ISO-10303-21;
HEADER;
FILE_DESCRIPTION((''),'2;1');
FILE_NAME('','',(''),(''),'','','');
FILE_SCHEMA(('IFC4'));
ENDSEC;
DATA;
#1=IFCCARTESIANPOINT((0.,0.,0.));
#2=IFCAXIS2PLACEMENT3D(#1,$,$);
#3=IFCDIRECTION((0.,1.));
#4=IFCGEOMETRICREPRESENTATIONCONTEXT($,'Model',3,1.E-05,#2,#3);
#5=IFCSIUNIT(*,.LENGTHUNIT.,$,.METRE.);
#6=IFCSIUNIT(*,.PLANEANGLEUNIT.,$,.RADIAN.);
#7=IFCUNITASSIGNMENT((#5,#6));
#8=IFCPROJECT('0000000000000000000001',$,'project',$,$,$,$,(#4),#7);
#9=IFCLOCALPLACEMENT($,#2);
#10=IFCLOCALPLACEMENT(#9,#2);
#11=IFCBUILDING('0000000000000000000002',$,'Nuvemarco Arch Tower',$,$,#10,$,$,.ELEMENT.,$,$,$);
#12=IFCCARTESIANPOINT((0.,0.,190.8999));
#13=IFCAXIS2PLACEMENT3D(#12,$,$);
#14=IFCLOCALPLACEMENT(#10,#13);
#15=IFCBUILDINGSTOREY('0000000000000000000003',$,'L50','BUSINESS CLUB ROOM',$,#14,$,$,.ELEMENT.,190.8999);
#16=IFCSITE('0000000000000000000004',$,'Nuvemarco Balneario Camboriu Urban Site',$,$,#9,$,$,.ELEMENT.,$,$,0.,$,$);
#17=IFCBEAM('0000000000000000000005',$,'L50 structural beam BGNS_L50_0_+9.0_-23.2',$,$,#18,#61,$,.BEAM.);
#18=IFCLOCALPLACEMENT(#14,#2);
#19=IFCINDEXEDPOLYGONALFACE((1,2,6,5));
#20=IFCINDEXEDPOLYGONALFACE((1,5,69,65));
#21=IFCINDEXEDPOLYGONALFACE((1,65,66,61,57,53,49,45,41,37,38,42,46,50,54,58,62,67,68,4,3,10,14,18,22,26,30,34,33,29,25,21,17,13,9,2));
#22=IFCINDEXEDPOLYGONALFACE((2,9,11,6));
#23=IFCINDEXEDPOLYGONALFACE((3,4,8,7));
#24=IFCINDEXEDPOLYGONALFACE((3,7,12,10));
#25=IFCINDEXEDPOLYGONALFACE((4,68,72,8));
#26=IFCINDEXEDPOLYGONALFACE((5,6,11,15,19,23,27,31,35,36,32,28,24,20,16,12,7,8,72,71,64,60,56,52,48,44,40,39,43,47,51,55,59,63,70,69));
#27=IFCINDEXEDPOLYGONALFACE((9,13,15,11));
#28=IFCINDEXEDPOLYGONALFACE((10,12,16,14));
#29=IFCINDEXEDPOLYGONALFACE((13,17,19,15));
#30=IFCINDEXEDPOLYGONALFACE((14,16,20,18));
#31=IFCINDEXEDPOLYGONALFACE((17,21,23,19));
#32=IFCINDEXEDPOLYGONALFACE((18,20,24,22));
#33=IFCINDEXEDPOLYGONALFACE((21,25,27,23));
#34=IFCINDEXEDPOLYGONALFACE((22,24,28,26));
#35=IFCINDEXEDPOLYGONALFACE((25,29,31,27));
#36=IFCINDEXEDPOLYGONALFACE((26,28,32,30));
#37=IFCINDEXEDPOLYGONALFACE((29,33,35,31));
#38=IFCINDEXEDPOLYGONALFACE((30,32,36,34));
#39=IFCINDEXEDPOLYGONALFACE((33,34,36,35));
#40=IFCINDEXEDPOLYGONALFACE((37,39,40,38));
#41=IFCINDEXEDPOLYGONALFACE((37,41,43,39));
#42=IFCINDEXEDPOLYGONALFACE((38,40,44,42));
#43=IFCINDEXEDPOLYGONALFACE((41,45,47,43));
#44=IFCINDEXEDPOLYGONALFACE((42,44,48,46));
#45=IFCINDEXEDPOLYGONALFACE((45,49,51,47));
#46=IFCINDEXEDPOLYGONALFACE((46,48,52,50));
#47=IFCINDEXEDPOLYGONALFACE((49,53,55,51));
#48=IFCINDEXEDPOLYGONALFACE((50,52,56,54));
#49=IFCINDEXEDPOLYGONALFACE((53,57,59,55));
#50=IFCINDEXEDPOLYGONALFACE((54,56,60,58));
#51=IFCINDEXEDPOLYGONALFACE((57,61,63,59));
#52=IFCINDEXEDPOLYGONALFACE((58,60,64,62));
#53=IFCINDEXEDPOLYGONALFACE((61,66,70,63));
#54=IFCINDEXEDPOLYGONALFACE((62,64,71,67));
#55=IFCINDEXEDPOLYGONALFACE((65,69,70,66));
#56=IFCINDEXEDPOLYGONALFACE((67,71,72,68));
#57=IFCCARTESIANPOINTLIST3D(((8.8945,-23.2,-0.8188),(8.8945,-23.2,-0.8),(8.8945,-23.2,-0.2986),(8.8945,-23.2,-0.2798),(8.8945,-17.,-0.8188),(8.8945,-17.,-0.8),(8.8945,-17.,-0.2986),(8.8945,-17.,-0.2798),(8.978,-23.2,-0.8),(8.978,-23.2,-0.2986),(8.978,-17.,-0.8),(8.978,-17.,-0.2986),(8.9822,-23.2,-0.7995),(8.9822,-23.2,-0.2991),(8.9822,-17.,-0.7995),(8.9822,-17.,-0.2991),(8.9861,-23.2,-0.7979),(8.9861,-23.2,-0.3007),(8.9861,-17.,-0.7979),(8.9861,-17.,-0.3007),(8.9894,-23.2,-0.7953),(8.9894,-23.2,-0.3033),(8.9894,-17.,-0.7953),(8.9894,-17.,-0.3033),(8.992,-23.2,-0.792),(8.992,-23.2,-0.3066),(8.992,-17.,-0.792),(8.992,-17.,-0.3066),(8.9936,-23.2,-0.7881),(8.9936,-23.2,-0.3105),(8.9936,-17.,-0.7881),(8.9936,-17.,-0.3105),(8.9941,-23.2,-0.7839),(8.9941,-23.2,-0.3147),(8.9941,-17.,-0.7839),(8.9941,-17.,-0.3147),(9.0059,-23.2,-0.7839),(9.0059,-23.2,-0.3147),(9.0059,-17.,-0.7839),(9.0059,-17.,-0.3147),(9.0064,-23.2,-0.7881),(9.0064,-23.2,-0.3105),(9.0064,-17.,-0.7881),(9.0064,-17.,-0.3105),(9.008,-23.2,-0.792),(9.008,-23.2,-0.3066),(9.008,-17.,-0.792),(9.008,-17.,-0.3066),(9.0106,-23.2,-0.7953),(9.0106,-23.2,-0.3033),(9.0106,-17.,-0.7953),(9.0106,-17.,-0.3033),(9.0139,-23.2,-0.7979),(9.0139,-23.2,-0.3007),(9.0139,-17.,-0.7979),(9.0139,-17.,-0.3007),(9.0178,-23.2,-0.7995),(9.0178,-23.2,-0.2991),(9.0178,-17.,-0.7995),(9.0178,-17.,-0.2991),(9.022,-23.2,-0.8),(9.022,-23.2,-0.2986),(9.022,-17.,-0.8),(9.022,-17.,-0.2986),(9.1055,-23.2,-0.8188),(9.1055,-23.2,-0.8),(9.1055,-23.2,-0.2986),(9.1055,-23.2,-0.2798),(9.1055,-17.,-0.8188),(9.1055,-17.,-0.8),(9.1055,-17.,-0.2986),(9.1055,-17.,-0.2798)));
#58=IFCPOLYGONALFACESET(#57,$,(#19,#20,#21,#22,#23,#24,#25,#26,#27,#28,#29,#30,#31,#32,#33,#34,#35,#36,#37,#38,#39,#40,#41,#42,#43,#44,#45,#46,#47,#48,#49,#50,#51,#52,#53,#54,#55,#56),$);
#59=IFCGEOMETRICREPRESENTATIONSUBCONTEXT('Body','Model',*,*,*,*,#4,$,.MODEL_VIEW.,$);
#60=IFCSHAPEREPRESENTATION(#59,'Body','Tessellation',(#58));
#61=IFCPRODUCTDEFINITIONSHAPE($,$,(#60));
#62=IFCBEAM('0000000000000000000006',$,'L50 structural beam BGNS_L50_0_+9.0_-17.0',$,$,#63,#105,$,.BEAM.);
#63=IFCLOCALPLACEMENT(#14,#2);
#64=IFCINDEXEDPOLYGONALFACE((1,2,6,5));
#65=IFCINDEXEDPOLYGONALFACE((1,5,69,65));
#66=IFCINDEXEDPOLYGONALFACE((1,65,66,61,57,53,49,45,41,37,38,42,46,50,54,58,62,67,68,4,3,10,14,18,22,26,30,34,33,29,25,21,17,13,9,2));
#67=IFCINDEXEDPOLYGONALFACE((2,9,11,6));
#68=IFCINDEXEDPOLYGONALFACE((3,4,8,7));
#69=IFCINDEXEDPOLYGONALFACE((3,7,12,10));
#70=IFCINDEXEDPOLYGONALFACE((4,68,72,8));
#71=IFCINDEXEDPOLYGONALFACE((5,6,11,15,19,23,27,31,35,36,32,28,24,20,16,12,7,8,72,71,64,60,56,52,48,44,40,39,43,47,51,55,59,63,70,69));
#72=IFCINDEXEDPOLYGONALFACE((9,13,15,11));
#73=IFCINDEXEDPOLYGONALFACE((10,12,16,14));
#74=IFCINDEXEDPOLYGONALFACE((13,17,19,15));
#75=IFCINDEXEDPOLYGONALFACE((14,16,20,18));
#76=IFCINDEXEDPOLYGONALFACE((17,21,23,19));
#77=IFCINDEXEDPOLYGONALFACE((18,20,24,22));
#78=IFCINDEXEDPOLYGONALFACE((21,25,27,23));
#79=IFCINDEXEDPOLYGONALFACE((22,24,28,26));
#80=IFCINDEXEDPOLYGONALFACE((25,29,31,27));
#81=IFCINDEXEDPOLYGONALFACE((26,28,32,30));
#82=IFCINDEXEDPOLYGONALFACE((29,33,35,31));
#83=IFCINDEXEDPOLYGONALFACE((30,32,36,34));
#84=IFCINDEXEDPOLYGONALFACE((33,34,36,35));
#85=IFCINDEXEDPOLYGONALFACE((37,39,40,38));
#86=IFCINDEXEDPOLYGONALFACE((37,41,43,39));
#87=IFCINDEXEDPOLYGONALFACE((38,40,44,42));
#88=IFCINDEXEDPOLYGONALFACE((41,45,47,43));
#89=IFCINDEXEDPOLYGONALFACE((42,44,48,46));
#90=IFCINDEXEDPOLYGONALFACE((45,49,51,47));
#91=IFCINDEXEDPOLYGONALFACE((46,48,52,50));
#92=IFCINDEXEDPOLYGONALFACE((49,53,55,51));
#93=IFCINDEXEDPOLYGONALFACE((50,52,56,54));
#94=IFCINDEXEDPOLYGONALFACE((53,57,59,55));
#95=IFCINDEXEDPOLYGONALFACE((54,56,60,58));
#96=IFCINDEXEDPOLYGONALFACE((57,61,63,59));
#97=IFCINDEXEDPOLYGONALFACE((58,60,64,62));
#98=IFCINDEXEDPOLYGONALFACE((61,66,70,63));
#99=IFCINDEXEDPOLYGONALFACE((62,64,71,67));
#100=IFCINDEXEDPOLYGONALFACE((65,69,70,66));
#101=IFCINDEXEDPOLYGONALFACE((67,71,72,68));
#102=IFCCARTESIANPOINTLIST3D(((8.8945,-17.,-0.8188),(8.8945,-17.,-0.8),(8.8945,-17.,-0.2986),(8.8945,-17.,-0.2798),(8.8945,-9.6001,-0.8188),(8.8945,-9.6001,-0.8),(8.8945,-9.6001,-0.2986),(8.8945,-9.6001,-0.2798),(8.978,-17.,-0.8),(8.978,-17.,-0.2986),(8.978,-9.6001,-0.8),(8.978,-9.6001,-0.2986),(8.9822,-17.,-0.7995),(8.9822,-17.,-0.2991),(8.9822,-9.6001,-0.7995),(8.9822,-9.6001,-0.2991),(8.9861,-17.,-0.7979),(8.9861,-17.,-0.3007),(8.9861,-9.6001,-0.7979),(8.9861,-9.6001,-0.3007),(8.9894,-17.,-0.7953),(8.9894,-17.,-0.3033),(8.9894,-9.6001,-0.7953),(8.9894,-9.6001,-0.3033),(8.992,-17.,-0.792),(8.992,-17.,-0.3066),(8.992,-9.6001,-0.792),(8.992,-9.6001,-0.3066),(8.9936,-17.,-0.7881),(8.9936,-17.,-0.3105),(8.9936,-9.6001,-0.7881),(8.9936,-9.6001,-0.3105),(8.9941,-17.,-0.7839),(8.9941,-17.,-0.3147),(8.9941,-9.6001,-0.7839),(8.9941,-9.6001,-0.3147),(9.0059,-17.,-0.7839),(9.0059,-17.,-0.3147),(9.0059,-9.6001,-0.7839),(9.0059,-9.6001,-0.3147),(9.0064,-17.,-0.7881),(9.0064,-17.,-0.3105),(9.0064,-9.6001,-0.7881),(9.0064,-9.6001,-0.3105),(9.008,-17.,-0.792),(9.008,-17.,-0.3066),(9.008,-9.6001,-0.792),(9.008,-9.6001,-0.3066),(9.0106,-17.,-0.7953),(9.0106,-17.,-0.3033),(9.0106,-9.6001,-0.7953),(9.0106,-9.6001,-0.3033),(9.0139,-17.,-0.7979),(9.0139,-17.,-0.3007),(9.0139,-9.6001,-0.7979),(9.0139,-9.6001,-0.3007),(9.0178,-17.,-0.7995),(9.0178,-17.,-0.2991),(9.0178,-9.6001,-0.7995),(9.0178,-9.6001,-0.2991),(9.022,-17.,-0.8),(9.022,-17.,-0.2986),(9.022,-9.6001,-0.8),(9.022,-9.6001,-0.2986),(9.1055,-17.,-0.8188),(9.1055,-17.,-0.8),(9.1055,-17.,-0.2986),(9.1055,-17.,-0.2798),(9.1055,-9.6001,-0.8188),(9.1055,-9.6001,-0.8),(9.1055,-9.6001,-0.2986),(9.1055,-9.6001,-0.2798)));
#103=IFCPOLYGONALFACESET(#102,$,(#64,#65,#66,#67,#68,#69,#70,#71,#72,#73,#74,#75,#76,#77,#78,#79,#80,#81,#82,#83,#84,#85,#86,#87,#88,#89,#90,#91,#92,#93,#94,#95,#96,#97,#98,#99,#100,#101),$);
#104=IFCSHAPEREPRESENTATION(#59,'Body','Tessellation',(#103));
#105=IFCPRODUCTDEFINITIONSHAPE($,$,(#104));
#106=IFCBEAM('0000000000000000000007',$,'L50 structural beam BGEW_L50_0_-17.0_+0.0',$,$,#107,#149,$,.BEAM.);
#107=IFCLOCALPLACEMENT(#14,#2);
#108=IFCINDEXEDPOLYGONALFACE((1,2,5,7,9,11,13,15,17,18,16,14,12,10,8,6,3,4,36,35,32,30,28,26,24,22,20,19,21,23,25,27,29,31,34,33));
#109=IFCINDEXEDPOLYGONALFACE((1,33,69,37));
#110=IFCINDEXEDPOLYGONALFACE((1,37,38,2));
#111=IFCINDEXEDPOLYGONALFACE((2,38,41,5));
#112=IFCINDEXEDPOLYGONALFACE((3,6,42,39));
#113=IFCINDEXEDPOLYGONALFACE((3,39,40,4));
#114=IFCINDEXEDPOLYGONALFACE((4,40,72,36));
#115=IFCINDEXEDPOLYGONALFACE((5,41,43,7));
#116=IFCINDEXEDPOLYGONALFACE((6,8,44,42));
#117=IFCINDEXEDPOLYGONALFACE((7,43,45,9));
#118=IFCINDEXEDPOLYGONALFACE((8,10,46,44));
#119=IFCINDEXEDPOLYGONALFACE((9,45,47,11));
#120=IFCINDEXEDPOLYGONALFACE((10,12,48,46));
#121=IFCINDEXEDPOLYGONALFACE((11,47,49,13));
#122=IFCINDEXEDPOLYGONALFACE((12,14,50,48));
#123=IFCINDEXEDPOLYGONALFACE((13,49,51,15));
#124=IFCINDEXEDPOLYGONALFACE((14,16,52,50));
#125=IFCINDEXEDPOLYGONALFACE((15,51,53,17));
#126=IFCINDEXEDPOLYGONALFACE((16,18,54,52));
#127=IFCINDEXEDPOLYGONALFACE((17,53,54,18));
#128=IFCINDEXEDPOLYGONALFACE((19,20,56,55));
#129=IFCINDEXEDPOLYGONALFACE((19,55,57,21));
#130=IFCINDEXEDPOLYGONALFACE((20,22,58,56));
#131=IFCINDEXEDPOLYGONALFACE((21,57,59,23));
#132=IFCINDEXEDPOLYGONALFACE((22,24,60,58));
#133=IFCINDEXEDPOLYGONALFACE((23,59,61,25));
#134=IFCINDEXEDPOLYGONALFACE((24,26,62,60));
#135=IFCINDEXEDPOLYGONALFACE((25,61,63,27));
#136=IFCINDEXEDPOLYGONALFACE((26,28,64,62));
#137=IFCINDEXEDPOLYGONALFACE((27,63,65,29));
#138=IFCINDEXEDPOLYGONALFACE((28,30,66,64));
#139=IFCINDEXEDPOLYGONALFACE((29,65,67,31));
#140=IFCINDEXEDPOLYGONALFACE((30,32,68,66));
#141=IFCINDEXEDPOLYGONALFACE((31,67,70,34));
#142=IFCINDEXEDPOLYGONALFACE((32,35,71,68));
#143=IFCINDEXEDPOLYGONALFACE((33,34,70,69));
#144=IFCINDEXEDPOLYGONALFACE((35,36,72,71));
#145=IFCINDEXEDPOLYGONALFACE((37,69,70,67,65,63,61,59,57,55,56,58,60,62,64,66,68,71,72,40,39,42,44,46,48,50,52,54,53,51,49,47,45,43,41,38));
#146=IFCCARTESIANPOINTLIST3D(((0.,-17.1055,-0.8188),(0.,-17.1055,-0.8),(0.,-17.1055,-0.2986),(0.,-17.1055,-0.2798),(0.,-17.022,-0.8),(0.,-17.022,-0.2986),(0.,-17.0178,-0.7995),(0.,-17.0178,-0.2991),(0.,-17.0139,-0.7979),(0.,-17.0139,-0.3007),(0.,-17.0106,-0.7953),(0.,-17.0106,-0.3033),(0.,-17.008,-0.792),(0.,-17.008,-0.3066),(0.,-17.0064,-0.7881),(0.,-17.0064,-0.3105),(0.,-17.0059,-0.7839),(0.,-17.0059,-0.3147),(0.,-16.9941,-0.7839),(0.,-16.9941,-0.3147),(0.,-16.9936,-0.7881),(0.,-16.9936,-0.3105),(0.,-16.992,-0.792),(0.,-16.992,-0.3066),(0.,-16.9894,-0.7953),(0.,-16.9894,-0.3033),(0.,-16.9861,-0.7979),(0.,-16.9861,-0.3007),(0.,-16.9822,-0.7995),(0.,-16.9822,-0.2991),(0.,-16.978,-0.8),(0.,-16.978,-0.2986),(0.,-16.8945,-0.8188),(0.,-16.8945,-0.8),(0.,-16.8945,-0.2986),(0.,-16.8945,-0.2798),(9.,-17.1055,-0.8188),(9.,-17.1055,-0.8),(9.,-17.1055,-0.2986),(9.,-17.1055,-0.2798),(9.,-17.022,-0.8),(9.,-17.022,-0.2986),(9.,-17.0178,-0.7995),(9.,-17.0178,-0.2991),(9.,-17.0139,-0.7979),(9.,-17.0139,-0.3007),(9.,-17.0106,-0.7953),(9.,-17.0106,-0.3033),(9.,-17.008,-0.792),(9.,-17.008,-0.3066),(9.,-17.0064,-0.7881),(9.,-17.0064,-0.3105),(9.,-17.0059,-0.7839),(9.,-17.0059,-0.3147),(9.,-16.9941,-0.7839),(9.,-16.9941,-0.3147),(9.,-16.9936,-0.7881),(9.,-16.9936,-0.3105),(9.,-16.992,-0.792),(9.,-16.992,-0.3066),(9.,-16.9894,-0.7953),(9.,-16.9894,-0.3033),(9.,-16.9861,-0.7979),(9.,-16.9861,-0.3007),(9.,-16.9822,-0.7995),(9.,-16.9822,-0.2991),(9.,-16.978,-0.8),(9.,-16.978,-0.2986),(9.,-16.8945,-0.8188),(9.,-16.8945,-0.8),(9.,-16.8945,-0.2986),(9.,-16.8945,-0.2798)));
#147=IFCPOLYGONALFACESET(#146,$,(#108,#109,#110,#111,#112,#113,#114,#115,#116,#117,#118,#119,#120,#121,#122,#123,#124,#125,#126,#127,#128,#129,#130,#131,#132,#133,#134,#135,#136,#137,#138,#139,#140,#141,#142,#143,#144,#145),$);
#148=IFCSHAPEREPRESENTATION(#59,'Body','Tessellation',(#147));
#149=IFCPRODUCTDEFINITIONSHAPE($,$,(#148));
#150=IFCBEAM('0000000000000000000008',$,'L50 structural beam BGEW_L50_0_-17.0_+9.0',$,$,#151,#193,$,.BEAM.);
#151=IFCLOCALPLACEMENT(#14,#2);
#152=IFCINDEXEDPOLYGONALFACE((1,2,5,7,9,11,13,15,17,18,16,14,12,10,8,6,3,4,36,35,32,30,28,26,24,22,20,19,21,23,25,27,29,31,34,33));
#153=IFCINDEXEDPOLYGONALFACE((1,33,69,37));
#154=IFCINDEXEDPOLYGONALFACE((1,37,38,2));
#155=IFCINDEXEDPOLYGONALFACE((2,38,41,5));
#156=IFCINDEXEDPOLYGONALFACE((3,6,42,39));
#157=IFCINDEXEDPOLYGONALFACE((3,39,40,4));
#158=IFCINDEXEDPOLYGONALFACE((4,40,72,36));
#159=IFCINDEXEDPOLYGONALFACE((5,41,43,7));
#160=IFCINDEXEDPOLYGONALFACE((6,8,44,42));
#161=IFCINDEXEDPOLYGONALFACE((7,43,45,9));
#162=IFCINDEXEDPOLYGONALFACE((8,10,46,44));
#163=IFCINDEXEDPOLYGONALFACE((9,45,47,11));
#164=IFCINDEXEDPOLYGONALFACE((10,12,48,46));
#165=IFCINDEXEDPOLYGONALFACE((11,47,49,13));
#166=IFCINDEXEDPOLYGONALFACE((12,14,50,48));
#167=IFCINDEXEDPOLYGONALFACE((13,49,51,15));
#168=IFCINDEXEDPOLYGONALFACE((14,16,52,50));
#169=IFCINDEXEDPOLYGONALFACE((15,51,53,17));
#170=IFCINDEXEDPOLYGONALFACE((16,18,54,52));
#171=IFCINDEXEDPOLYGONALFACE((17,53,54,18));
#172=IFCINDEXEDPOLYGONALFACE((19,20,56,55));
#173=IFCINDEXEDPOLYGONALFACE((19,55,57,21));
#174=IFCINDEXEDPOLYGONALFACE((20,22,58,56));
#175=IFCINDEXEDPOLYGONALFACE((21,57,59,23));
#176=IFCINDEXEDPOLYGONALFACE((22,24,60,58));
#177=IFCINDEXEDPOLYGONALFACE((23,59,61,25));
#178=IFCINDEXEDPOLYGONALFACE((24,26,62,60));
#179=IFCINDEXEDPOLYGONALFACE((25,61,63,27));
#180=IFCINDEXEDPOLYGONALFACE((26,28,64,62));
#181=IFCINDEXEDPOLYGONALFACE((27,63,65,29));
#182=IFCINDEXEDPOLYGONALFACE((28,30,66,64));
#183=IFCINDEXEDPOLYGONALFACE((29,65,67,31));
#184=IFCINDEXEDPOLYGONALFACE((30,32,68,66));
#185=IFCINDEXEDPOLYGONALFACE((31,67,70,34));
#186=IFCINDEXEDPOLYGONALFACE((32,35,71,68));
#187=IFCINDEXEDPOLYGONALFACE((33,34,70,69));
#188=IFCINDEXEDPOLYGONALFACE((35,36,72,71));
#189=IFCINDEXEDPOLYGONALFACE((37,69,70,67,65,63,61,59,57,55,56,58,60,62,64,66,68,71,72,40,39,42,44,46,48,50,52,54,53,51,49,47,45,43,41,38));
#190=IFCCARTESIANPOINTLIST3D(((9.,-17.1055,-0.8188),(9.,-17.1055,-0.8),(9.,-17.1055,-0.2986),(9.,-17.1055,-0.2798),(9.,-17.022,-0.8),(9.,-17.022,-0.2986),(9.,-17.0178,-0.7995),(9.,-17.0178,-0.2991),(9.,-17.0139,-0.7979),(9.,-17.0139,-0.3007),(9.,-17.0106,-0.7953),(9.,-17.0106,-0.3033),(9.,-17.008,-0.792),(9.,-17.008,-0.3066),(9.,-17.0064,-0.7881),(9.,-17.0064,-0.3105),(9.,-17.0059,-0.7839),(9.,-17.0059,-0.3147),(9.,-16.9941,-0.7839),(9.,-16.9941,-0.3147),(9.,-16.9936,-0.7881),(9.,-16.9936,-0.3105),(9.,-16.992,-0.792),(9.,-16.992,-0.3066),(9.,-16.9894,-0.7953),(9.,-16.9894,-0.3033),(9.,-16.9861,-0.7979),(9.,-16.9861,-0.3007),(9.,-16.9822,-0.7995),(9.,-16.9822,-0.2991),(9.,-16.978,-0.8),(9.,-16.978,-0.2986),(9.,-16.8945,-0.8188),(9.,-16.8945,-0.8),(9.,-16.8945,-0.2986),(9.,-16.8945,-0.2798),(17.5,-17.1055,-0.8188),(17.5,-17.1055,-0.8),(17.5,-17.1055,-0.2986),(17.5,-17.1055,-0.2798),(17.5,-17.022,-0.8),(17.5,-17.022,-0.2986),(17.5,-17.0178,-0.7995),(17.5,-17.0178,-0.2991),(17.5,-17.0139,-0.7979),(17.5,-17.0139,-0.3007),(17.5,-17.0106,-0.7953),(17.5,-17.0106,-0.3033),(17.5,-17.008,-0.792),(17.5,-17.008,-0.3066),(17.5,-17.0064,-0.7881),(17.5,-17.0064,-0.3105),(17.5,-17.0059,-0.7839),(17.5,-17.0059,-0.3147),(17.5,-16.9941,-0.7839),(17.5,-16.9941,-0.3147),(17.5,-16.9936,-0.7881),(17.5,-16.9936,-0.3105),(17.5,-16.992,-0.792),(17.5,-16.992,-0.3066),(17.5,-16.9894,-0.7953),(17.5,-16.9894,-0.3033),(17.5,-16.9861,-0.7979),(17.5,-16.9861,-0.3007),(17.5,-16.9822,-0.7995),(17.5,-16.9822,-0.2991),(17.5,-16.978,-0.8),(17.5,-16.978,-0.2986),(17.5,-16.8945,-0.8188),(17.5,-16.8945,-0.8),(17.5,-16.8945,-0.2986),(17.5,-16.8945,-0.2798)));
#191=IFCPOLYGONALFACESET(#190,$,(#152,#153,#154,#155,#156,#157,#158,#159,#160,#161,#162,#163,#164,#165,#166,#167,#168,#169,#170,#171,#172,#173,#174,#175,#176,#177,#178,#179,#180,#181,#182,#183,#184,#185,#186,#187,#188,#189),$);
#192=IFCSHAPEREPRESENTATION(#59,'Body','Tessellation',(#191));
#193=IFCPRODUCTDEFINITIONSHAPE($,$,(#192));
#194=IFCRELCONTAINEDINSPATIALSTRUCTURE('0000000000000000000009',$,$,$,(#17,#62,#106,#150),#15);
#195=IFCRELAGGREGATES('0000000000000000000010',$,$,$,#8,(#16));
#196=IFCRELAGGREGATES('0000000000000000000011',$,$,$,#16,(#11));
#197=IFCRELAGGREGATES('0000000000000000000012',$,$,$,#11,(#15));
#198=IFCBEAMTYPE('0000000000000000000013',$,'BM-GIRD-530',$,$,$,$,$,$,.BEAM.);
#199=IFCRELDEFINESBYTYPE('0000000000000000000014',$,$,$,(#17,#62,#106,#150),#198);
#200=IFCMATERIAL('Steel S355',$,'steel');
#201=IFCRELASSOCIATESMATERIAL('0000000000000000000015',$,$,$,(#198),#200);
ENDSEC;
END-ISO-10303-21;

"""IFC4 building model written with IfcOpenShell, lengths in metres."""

from ifc_helpers import new_model, si_unit, direction, frame, origin, origin_2d, place, context, subcontext, project, spatial, i_section, extrude, material, material_profile, profile_set, type_object, element, save


model = new_model("IFC4")

# Units and contexts
model_context = context("Model", 3, precision=1e-05, world=origin(), true_north=direction((0.0, 1.0)))
body_context = subcontext(model_context, "Body", "Model", "MODEL_VIEW")
ifc_project = project(units=[si_unit("LENGTHUNIT", "METRE"), si_unit("PLANEANGLEUNIT", "RADIAN")], contexts=[model_context])

# Site, building, storey
site_placement = place(None, origin())
site = spatial("IfcSite", under=ifc_project, at=site_placement, Name="Nuvemarco Balneario Camboriu Urban Site", CompositionType="ELEMENT", RefElevation=0.0)
building_placement = place(site_placement, origin())
building = spatial("IfcBuilding", under=site, at=building_placement, Name="Nuvemarco Arch Tower", CompositionType="ELEMENT")
storey_placement = place(building_placement, frame((0.0, 0.0, 190.8999)))
storey = spatial("IfcBuildingStorey", under=building, at=storey_placement, Name="L50", Description="BUSINESS CLUB ROOM", CompositionType="ELEMENT", Elevation=190.8999)

# Shared definitions
ifc_material_1 = material(Name="Steel S355", Category="steel")

# Beams
ifc_material_profile_1 = material_profile(ifc_material_1, i_section(OverallWidth=0.2109, OverallDepth=0.5391, WebThickness=0.0117, FlangeThickness=0.0188, FilletRadius=0.0161, at=origin_2d()), Name="W530x109")
ifc_profile_set_1 = profile_set([ifc_material_profile_1], Name="Steel S355")
beam_type_1 = type_object("IfcBeamType", Name="BM-GIRD-530", PredefinedType="BEAM", material=ifc_profile_set_1)
beam_1_placement = place(storey_placement, frame((9.0, -23.2, -0.5493), z_axis=(0.0, 1.0, 0.0), x_axis=(-1.0, 0.0, 0.0)))
element("IfcBeam", 1, at=beam_1_placement, inside=storey, type_object=beam_type_1, Name="L50 structural beam BGNS_L50_0_+9.0_-23.2", PredefinedType="BEAM", context=body_context, shape_type="SweptSolid", body=[
    extrude(i_section(OverallWidth=0.2109, OverallDepth=0.5391, WebThickness=0.0117, FlangeThickness=0.0188, FilletRadius=0.0161, at=origin_2d()), origin(), (0.0, 0.0, 1.0), 6.2),
])
beam_2_placement = place(storey_placement, frame((9.0, -17.0, -0.5493), z_axis=(0.0, 1.0, 0.0), x_axis=(-1.0, 0.0, 0.0)))
element("IfcBeam", 2, at=beam_2_placement, inside=storey, type_object=beam_type_1, Name="L50 structural beam BGNS_L50_0_+9.0_-17.0", PredefinedType="BEAM", context=body_context, shape_type="SweptSolid", body=[
    extrude(i_section(OverallWidth=0.2109, OverallDepth=0.5391, WebThickness=0.0117, FlangeThickness=0.0188, FilletRadius=0.0161, at=origin_2d()), origin(), (0.0, 0.0, 1.0), 7.3999),
])
beam_3_placement = place(storey_placement, frame((0.0, -17.0, -0.5493), z_axis=(1.0, 0.0, 0.0), x_axis=(0.0, 1.0, 0.0)))
element("IfcBeam", 3, at=beam_3_placement, inside=storey, type_object=beam_type_1, Name="L50 structural beam BGEW_L50_0_-17.0_+0.0", PredefinedType="BEAM", context=body_context, shape_type="SweptSolid", body=[
    extrude(i_section(OverallWidth=0.2109, OverallDepth=0.5391, WebThickness=0.0117, FlangeThickness=0.0188, FilletRadius=0.0161, at=origin_2d()), origin(), (0.0, 0.0, 1.0), 9.0),
])
beam_4_placement = place(storey_placement, frame((9.0, -17.0, -0.5493), z_axis=(1.0, 0.0, 0.0), x_axis=(0.0, 1.0, 0.0)))
element("IfcBeam", 4, at=beam_4_placement, inside=storey, type_object=beam_type_1, Name="L50 structural beam BGEW_L50_0_-17.0_+9.0", PredefinedType="BEAM", context=body_context, shape_type="SweptSolid", body=[
    extrude(i_section(OverallWidth=0.2109, OverallDepth=0.5391, WebThickness=0.0117, FlangeThickness=0.0188, FilletRadius=0.0161, at=origin_2d()), origin(), (0.0, 0.0, 1.0), 8.5),
])

save(model, "model.ifc")
